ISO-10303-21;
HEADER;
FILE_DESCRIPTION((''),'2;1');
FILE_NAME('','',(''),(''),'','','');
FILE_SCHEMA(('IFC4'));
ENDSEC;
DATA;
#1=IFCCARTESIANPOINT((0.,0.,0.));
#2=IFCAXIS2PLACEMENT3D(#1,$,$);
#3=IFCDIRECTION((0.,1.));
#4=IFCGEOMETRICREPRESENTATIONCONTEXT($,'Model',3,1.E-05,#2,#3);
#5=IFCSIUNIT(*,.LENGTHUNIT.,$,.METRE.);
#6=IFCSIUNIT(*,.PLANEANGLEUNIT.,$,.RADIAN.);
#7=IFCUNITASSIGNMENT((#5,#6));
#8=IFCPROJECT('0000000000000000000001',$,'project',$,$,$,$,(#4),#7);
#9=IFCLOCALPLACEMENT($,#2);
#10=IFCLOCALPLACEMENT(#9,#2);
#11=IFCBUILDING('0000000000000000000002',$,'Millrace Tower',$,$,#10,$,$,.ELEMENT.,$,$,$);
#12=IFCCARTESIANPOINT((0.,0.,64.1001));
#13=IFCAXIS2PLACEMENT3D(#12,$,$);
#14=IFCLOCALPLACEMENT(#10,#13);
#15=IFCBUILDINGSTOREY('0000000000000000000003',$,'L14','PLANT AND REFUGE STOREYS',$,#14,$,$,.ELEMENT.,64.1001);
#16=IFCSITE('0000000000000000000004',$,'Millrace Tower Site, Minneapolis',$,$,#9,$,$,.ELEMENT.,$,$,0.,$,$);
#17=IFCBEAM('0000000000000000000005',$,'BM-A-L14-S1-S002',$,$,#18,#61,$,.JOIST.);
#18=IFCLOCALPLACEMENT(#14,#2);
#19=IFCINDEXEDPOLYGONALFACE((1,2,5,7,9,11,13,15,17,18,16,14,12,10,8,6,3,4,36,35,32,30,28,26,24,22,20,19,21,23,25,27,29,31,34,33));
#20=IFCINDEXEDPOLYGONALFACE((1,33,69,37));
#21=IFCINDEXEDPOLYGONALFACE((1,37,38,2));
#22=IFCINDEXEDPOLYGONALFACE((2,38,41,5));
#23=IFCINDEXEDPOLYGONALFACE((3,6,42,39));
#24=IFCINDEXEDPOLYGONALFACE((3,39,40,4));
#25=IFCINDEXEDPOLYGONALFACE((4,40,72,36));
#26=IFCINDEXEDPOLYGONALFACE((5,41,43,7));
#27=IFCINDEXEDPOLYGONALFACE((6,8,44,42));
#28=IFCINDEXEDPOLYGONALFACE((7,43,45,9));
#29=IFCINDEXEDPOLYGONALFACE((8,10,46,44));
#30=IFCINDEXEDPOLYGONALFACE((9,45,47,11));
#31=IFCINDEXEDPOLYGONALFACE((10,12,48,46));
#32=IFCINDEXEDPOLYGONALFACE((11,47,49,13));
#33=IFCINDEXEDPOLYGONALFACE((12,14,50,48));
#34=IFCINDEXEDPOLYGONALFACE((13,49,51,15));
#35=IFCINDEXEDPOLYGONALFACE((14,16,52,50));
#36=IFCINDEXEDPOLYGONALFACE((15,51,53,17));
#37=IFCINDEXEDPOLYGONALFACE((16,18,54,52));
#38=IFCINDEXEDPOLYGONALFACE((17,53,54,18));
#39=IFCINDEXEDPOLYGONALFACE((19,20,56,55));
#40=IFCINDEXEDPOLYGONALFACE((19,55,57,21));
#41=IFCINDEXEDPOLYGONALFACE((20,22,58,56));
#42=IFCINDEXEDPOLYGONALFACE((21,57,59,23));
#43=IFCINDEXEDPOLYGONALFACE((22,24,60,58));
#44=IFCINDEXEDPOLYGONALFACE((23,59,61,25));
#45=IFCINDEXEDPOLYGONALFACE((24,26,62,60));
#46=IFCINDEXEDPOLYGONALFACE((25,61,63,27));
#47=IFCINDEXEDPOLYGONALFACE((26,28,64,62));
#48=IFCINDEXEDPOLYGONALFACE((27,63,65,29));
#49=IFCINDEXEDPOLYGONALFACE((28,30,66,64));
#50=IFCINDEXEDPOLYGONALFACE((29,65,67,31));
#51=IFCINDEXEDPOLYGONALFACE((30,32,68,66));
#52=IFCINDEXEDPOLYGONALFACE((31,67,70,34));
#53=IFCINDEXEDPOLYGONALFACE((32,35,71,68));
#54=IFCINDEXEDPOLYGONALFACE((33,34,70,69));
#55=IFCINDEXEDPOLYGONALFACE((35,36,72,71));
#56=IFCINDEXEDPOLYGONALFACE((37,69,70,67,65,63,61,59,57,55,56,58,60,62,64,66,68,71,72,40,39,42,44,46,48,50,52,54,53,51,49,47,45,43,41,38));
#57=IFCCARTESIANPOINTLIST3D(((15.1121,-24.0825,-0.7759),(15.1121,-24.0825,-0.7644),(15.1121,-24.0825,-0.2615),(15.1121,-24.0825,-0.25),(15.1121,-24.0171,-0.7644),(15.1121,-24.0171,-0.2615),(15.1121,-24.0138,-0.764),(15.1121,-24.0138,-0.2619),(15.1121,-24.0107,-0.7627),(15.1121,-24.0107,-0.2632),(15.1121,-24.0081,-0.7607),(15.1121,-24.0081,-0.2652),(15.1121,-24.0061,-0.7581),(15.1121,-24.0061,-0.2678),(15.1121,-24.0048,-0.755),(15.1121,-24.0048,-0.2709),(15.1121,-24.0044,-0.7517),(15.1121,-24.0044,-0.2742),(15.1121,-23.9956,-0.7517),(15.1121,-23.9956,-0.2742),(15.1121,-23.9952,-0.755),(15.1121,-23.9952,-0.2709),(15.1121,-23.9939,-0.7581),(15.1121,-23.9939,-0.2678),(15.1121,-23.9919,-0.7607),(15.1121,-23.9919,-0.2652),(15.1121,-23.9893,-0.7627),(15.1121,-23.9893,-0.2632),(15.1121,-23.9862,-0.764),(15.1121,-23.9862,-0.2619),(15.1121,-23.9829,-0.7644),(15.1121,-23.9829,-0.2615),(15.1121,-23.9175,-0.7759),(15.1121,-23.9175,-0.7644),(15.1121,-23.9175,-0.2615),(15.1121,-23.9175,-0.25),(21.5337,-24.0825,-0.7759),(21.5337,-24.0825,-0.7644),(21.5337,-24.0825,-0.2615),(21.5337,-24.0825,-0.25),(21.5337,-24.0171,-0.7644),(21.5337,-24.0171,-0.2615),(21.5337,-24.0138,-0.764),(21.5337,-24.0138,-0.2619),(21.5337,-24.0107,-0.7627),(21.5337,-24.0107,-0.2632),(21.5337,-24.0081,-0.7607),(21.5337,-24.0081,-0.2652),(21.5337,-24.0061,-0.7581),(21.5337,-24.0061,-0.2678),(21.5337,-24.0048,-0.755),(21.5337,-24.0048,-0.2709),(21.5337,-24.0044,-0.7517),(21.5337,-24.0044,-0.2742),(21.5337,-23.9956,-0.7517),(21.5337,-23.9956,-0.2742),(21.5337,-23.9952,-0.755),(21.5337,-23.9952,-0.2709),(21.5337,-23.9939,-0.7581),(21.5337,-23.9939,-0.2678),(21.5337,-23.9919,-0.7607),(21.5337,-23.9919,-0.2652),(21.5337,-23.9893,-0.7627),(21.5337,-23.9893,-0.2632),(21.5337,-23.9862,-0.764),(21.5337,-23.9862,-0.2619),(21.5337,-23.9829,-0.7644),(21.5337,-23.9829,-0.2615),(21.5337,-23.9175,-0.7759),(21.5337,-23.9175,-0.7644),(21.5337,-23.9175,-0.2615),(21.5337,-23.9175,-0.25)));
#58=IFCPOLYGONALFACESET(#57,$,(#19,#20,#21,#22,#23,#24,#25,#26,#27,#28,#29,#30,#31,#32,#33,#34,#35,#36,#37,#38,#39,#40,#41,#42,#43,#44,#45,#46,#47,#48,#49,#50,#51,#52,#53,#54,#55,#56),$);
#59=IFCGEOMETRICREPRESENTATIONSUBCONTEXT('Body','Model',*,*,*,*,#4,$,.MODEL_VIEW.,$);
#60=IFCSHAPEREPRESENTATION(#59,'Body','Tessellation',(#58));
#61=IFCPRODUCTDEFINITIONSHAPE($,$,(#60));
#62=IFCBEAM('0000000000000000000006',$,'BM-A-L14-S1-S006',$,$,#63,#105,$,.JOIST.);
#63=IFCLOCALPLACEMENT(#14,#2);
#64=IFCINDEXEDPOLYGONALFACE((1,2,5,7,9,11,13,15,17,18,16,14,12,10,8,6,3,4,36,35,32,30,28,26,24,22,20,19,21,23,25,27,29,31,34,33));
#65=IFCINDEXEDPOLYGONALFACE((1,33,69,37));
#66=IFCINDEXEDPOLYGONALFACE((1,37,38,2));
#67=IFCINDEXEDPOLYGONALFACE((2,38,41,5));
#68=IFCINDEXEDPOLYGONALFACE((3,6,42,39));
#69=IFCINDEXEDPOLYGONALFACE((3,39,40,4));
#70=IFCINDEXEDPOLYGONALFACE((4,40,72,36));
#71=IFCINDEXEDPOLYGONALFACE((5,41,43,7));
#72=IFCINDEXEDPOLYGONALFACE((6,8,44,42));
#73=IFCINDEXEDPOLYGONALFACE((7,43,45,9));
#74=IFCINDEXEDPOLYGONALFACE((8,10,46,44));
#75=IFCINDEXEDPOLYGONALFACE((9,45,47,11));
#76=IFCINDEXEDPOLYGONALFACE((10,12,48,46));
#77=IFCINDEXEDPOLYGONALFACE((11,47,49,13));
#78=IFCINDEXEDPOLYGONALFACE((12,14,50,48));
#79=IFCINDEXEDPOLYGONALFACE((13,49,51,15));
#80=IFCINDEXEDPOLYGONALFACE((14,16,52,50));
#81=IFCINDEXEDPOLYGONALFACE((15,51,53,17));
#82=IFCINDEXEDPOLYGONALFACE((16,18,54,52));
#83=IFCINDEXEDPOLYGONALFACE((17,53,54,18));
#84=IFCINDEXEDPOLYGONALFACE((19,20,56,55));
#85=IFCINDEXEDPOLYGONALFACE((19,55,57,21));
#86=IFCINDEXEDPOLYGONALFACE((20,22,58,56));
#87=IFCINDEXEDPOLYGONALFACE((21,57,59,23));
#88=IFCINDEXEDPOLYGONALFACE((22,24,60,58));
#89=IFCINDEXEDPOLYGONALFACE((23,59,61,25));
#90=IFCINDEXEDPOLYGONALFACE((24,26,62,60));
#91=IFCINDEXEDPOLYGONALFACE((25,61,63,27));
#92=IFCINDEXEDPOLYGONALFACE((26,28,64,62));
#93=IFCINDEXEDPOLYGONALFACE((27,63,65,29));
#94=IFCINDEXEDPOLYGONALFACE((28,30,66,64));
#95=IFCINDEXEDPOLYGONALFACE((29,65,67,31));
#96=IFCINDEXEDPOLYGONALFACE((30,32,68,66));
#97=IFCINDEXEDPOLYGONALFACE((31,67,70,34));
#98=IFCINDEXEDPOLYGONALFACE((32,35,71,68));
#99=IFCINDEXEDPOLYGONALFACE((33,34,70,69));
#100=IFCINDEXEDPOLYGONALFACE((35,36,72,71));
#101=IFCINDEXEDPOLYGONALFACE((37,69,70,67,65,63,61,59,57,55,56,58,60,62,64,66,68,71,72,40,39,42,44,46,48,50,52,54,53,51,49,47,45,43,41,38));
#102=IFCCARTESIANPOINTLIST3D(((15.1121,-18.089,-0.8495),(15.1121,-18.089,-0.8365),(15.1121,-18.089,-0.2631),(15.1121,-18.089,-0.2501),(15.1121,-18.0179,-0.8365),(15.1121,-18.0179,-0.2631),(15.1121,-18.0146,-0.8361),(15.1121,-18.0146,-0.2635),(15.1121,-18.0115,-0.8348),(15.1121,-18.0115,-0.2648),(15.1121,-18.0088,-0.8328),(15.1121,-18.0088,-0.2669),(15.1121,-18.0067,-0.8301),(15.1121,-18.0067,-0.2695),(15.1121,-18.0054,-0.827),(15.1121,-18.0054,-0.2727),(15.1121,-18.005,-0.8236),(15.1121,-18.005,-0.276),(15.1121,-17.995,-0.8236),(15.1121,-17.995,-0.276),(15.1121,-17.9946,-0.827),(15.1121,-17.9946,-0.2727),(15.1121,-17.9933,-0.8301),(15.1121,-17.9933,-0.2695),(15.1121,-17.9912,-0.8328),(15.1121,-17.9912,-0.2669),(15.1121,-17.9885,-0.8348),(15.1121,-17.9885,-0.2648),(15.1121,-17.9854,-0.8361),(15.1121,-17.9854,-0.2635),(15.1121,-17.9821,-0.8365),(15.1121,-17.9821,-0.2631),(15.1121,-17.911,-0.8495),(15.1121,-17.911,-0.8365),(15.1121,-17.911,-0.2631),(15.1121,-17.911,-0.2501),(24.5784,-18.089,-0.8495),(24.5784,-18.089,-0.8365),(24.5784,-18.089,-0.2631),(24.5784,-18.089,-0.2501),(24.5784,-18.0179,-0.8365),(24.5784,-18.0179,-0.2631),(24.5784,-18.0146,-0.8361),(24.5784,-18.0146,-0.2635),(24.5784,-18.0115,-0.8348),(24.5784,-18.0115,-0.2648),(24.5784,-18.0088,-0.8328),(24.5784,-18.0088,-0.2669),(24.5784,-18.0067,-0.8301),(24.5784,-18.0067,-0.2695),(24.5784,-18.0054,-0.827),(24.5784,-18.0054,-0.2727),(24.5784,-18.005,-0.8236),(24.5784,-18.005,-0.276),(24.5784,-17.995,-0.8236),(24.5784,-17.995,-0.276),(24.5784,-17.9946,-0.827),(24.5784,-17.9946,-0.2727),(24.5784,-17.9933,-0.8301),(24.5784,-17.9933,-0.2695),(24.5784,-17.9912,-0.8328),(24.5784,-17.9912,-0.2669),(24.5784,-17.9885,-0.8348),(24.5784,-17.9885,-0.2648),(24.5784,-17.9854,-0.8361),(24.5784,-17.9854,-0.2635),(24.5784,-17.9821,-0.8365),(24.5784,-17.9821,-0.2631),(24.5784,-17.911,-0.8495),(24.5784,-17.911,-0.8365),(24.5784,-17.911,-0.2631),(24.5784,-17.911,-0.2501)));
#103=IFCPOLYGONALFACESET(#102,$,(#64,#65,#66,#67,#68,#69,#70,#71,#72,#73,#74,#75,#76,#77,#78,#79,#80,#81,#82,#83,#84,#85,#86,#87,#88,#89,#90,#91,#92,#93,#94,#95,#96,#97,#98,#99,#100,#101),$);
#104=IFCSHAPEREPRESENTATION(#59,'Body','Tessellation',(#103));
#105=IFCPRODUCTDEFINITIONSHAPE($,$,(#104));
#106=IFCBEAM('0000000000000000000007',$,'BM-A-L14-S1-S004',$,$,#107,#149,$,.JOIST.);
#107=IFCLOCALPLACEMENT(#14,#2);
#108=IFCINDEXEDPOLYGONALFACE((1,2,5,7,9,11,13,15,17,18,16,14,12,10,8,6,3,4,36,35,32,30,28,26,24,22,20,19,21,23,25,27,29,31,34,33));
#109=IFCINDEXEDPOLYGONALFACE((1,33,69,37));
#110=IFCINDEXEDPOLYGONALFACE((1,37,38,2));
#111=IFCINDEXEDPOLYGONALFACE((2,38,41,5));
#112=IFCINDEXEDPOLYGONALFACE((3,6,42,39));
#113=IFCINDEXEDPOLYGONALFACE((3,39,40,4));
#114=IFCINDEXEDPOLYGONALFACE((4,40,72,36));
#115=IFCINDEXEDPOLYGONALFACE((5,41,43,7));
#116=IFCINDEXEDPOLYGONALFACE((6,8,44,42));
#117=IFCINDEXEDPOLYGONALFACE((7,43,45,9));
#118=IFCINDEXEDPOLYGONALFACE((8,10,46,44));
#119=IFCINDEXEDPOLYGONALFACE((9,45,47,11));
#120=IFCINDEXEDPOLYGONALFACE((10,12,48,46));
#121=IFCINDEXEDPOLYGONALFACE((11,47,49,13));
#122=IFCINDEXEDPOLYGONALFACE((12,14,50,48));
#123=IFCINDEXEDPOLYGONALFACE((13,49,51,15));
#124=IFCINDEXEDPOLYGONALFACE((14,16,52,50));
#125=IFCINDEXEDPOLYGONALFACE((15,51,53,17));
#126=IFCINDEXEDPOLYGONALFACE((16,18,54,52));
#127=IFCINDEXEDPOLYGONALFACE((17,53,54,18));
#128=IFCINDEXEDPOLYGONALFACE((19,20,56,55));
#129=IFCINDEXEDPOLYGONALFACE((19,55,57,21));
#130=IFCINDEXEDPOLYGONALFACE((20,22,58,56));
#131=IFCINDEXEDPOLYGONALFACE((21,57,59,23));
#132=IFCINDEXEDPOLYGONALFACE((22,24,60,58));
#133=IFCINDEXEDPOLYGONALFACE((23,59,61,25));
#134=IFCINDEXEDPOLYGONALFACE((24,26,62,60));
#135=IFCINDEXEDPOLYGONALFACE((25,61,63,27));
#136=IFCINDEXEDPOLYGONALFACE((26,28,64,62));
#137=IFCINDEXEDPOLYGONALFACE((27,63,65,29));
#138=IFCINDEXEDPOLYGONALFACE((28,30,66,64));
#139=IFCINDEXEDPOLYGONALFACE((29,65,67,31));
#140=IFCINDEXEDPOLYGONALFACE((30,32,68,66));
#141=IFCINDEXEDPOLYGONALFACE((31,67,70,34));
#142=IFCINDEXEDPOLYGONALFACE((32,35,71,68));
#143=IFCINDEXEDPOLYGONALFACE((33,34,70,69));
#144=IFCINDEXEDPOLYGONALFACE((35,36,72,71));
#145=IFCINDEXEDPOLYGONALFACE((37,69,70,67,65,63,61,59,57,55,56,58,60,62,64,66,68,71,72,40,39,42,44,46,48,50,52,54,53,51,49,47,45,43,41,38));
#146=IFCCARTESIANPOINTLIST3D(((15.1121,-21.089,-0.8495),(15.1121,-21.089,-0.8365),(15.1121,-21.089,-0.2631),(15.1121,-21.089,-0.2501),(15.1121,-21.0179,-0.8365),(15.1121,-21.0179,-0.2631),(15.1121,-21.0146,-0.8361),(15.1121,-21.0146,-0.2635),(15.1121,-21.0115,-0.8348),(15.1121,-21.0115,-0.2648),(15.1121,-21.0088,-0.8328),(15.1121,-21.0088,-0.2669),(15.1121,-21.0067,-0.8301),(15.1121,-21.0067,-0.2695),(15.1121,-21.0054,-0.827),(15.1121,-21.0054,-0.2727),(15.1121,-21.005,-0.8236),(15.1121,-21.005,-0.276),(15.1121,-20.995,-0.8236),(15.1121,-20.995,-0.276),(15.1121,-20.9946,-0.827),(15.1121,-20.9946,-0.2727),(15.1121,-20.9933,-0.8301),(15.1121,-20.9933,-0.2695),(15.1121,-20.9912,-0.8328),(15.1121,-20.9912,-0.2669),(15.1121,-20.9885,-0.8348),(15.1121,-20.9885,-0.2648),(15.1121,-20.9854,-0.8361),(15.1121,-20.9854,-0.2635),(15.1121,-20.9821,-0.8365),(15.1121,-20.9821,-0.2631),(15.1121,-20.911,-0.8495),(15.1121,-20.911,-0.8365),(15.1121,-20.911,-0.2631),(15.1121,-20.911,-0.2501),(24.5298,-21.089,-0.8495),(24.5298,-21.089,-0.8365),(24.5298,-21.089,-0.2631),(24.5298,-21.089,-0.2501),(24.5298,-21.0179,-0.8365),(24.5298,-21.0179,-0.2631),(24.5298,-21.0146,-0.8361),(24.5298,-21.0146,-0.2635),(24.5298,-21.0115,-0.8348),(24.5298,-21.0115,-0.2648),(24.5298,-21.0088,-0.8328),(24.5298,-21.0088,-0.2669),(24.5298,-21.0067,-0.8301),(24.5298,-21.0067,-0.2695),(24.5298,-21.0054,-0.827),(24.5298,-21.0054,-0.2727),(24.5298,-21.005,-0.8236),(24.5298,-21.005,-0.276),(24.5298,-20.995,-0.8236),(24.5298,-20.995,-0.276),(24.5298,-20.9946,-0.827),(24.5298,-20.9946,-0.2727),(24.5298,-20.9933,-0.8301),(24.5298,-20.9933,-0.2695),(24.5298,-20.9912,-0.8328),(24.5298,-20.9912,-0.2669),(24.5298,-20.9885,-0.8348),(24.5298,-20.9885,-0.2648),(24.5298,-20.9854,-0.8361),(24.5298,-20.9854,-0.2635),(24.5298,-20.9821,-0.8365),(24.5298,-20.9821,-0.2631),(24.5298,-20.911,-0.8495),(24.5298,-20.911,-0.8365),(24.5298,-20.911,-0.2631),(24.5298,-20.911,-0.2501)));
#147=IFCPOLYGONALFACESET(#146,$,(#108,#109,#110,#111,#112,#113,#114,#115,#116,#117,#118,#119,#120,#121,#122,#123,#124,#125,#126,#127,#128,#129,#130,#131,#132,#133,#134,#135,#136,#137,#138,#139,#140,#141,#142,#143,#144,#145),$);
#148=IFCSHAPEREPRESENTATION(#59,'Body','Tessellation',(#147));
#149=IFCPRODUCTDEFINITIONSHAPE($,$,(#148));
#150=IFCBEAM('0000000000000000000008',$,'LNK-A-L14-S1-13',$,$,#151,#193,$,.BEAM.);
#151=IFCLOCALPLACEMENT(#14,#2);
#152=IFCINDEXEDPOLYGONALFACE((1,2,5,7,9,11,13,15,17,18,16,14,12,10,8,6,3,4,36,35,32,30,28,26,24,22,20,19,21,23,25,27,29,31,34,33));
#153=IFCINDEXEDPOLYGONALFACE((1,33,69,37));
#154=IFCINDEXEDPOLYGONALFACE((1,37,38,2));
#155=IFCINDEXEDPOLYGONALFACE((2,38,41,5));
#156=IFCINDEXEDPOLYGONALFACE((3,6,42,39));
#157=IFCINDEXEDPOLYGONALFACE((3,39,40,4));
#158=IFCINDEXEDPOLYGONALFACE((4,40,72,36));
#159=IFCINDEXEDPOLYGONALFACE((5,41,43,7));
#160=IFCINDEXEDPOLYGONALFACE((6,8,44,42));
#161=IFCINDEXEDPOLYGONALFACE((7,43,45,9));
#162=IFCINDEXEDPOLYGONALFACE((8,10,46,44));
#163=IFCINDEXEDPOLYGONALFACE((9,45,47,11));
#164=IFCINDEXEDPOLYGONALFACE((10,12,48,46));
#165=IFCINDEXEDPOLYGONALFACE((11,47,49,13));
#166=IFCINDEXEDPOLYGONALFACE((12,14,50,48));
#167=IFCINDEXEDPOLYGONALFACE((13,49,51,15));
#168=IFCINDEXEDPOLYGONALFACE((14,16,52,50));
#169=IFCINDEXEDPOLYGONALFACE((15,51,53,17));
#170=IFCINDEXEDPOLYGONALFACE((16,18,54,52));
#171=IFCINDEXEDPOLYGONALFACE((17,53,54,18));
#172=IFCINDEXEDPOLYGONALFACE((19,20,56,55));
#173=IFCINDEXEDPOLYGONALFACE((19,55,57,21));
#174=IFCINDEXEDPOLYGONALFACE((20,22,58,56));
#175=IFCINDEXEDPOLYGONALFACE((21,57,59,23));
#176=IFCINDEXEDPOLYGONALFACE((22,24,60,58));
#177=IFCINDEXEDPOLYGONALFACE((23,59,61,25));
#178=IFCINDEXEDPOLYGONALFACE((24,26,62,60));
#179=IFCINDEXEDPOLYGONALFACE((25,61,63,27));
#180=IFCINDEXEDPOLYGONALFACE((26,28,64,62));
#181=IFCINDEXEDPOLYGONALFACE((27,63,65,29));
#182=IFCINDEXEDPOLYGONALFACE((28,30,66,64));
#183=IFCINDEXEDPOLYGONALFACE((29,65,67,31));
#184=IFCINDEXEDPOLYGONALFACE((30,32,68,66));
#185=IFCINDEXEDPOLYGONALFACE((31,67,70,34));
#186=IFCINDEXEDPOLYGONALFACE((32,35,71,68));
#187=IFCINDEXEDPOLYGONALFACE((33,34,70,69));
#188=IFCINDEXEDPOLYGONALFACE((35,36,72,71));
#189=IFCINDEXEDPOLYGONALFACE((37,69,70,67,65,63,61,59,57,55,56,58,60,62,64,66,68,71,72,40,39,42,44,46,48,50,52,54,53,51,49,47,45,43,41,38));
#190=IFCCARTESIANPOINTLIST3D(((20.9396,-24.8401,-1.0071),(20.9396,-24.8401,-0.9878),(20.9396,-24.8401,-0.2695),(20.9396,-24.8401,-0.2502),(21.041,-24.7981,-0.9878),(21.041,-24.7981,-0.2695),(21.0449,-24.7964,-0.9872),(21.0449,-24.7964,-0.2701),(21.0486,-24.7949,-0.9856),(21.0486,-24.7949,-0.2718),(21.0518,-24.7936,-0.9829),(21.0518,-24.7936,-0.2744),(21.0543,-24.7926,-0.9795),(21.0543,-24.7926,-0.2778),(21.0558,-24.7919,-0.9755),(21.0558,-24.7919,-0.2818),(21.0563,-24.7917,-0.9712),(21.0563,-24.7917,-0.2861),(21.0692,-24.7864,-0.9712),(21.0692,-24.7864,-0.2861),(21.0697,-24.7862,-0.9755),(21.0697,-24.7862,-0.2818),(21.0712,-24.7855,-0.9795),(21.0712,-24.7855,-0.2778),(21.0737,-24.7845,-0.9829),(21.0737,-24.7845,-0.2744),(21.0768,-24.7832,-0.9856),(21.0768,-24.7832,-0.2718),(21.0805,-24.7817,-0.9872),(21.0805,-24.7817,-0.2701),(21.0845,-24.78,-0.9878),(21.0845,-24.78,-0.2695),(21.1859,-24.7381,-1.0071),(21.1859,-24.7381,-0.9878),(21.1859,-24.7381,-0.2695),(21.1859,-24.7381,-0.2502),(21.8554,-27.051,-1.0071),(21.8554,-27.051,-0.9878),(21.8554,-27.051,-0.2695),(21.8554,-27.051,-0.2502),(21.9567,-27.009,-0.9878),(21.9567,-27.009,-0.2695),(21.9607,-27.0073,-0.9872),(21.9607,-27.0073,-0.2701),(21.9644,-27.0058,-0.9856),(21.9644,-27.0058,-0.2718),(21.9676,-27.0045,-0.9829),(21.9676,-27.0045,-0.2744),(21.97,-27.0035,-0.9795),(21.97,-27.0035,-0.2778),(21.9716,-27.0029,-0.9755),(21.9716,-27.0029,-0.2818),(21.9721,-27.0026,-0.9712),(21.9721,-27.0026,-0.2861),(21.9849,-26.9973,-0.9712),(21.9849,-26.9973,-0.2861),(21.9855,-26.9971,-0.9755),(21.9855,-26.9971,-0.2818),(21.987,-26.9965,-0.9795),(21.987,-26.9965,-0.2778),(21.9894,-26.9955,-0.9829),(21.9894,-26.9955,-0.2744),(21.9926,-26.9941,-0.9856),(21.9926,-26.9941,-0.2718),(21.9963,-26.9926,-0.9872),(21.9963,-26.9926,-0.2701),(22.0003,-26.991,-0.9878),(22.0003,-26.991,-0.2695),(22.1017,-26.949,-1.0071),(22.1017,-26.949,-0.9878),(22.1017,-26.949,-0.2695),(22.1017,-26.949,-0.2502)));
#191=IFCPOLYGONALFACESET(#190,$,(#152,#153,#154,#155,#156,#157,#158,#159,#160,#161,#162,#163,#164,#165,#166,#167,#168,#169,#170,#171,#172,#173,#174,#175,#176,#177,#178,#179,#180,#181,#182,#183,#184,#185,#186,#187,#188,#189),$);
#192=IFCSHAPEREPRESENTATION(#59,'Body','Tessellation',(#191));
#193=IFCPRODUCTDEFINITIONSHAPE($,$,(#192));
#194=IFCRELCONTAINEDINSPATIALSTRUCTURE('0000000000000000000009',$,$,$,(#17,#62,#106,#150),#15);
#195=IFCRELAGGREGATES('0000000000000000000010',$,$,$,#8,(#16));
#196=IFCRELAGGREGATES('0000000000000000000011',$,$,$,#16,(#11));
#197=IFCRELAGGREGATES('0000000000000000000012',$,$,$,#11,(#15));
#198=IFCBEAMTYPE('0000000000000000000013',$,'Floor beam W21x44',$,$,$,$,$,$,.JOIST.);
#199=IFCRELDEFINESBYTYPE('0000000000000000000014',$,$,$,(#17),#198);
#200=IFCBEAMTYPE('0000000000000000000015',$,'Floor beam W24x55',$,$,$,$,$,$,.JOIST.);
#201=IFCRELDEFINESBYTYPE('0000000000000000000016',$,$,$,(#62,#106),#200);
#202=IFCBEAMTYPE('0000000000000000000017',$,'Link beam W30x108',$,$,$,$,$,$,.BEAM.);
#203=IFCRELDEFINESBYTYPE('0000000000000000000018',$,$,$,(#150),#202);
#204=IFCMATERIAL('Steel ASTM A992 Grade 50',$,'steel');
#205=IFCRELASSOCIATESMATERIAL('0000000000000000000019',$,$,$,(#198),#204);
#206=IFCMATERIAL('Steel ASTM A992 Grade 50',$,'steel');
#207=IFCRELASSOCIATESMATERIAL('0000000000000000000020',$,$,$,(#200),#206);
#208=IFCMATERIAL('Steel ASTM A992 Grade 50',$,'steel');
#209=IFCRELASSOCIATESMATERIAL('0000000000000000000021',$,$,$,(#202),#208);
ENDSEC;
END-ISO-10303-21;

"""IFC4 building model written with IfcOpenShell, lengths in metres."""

from ifc_helpers import new_model, si_unit, direction, frame, origin, origin_2d, place, context, subcontext, project, spatial, i_section, extrude, material, material_profile, profile_set, type_object, element, save


model = new_model("IFC4")

# Units and contexts
model_context = context("Model", 3, precision=1e-05, world=origin(), true_north=direction((0.0, 1.0)))
body_context = subcontext(model_context, "Body", "Model", "MODEL_VIEW")
ifc_project = project(units=[si_unit("LENGTHUNIT", "METRE"), si_unit("PLANEANGLEUNIT", "RADIAN")], contexts=[model_context])

# Site, building, storey
site_placement = place(None, origin())
site = spatial("IfcSite", under=ifc_project, at=site_placement, Name="Millrace Tower Site, Minneapolis", CompositionType="ELEMENT", RefElevation=0.0)
building_placement = place(site_placement, origin())
building = spatial("IfcBuilding", under=site, at=building_placement, Name="Millrace Tower", CompositionType="ELEMENT")
storey_placement = place(building_placement, frame((0.0, 0.0, 64.1001)))
storey = spatial("IfcBuildingStorey", under=building, at=storey_placement, Name="L14", Description="PLANT AND REFUGE STOREYS", CompositionType="ELEMENT", Elevation=64.1001)

# Beams
ifc_material_1 = material(Name="Steel ASTM A992 Grade 50", Category="steel")
ifc_material_profile_1 = material_profile(ifc_material_1, i_section(OverallWidth=0.165, OverallDepth=0.5259, WebThickness=0.0088, FlangeThickness=0.0115, FilletRadius=0.0127, at=origin_2d()))
ifc_profile_set_1 = profile_set([ifc_material_profile_1], Name="Steel ASTM A992 Grade 50")
beam_type_1 = type_object("IfcBeamType", Name="Floor beam W21x44", PredefinedType="JOIST", material=ifc_profile_set_1)
beam_1_placement = place(storey_placement, frame((15.1121, -24.0, -0.5129), z_axis=(1.0, 0.0, 0.0), x_axis=(0.0, 1.0, 0.0)))
element("IfcBeam", 1, at=beam_1_placement, inside=storey, type_object=beam_type_1, Name="BM-A-L14-S1-S002", PredefinedType="JOIST", context=body_context, shape_type="SweptSolid", body=[
    extrude(i_section(OverallWidth=0.165, OverallDepth=0.5259, WebThickness=0.0088, FlangeThickness=0.0115, FilletRadius=0.0127, at=origin_2d()), origin(), (0.0, 0.0, 1.0), 6.4216),
])
ifc_material_2 = material(Name="Steel ASTM A992 Grade 50", Category="steel")
ifc_material_profile_2 = material_profile(ifc_material_2, i_section(OverallWidth=0.178, OverallDepth=0.5994, WebThickness=0.01, FlangeThickness=0.0129, FilletRadius=0.0129, at=origin_2d()))
ifc_profile_set_2 = profile_set([ifc_material_profile_2], Name="Steel ASTM A992 Grade 50")
beam_type_2 = type_object("IfcBeamType", Name="Floor beam W24x55", PredefinedType="JOIST", material=ifc_profile_set_2)
beam_2_placement = place(storey_placement, frame((15.1121, -18.0, -0.5498), z_axis=(1.0, 0.0, 0.0), x_axis=(0.0, 1.0, 0.0)))
element("IfcBeam", 2, at=beam_2_placement, inside=storey, type_object=beam_type_2, Name="BM-A-L14-S1-S006", PredefinedType="JOIST", context=body_context, shape_type="SweptSolid", body=[
    extrude(i_section(OverallWidth=0.178, OverallDepth=0.5994, WebThickness=0.01, FlangeThickness=0.0129, FilletRadius=0.0129, at=origin_2d()), origin(), (0.0, 0.0, 1.0), 9.4663),
])
beam_3_placement = place(storey_placement, frame((15.1121, -21.0, -0.5498), z_axis=(1.0, 0.0, 0.0), x_axis=(0.0, 1.0, 0.0)))
element("IfcBeam", 3, at=beam_3_placement, inside=storey, type_object=beam_type_2, Name="BM-A-L14-S1-S004", PredefinedType="JOIST", context=body_context, shape_type="SweptSolid", body=[
    extrude(i_section(OverallWidth=0.178, OverallDepth=0.5994, WebThickness=0.01, FlangeThickness=0.0129, FilletRadius=0.0129, at=origin_2d()), origin(), (0.0, 0.0, 1.0), 9.4177),
])
ifc_material_3 = material(Name="Steel ASTM A992 Grade 50", Category="steel")
ifc_material_profile_3 = material_profile(ifc_material_3, i_section(OverallWidth=0.2666, OverallDepth=0.7568, WebThickness=0.0139, FlangeThickness=0.0193, FilletRadius=0.0166, at=origin_2d()))
ifc_profile_set_3 = profile_set([ifc_material_profile_3], Name="Steel ASTM A992 Grade 50")
beam_type_3 = type_object("IfcBeamType", Name="Link beam W30x108", PredefinedType="BEAM", material=ifc_profile_set_3)
beam_4_placement = place(storey_placement, frame((21.0627, -24.7891, -0.6287), z_axis=(0.382673, -0.923884, 0.0), x_axis=(0.923884, 0.382673, 0.0)))
element("IfcBeam", 4, at=beam_4_placement, inside=storey, type_object=beam_type_3, Name="LNK-A-L14-S1-13", PredefinedType="BEAM", context=body_context, shape_type="SweptSolid", body=[
    extrude(i_section(OverallWidth=0.2666, OverallDepth=0.7568, WebThickness=0.0139, FlangeThickness=0.0193, FilletRadius=0.0166, at=origin_2d()), origin(), (0.0, 0.0, 1.0), 2.3931),
])

save(model, "model.ifc")
